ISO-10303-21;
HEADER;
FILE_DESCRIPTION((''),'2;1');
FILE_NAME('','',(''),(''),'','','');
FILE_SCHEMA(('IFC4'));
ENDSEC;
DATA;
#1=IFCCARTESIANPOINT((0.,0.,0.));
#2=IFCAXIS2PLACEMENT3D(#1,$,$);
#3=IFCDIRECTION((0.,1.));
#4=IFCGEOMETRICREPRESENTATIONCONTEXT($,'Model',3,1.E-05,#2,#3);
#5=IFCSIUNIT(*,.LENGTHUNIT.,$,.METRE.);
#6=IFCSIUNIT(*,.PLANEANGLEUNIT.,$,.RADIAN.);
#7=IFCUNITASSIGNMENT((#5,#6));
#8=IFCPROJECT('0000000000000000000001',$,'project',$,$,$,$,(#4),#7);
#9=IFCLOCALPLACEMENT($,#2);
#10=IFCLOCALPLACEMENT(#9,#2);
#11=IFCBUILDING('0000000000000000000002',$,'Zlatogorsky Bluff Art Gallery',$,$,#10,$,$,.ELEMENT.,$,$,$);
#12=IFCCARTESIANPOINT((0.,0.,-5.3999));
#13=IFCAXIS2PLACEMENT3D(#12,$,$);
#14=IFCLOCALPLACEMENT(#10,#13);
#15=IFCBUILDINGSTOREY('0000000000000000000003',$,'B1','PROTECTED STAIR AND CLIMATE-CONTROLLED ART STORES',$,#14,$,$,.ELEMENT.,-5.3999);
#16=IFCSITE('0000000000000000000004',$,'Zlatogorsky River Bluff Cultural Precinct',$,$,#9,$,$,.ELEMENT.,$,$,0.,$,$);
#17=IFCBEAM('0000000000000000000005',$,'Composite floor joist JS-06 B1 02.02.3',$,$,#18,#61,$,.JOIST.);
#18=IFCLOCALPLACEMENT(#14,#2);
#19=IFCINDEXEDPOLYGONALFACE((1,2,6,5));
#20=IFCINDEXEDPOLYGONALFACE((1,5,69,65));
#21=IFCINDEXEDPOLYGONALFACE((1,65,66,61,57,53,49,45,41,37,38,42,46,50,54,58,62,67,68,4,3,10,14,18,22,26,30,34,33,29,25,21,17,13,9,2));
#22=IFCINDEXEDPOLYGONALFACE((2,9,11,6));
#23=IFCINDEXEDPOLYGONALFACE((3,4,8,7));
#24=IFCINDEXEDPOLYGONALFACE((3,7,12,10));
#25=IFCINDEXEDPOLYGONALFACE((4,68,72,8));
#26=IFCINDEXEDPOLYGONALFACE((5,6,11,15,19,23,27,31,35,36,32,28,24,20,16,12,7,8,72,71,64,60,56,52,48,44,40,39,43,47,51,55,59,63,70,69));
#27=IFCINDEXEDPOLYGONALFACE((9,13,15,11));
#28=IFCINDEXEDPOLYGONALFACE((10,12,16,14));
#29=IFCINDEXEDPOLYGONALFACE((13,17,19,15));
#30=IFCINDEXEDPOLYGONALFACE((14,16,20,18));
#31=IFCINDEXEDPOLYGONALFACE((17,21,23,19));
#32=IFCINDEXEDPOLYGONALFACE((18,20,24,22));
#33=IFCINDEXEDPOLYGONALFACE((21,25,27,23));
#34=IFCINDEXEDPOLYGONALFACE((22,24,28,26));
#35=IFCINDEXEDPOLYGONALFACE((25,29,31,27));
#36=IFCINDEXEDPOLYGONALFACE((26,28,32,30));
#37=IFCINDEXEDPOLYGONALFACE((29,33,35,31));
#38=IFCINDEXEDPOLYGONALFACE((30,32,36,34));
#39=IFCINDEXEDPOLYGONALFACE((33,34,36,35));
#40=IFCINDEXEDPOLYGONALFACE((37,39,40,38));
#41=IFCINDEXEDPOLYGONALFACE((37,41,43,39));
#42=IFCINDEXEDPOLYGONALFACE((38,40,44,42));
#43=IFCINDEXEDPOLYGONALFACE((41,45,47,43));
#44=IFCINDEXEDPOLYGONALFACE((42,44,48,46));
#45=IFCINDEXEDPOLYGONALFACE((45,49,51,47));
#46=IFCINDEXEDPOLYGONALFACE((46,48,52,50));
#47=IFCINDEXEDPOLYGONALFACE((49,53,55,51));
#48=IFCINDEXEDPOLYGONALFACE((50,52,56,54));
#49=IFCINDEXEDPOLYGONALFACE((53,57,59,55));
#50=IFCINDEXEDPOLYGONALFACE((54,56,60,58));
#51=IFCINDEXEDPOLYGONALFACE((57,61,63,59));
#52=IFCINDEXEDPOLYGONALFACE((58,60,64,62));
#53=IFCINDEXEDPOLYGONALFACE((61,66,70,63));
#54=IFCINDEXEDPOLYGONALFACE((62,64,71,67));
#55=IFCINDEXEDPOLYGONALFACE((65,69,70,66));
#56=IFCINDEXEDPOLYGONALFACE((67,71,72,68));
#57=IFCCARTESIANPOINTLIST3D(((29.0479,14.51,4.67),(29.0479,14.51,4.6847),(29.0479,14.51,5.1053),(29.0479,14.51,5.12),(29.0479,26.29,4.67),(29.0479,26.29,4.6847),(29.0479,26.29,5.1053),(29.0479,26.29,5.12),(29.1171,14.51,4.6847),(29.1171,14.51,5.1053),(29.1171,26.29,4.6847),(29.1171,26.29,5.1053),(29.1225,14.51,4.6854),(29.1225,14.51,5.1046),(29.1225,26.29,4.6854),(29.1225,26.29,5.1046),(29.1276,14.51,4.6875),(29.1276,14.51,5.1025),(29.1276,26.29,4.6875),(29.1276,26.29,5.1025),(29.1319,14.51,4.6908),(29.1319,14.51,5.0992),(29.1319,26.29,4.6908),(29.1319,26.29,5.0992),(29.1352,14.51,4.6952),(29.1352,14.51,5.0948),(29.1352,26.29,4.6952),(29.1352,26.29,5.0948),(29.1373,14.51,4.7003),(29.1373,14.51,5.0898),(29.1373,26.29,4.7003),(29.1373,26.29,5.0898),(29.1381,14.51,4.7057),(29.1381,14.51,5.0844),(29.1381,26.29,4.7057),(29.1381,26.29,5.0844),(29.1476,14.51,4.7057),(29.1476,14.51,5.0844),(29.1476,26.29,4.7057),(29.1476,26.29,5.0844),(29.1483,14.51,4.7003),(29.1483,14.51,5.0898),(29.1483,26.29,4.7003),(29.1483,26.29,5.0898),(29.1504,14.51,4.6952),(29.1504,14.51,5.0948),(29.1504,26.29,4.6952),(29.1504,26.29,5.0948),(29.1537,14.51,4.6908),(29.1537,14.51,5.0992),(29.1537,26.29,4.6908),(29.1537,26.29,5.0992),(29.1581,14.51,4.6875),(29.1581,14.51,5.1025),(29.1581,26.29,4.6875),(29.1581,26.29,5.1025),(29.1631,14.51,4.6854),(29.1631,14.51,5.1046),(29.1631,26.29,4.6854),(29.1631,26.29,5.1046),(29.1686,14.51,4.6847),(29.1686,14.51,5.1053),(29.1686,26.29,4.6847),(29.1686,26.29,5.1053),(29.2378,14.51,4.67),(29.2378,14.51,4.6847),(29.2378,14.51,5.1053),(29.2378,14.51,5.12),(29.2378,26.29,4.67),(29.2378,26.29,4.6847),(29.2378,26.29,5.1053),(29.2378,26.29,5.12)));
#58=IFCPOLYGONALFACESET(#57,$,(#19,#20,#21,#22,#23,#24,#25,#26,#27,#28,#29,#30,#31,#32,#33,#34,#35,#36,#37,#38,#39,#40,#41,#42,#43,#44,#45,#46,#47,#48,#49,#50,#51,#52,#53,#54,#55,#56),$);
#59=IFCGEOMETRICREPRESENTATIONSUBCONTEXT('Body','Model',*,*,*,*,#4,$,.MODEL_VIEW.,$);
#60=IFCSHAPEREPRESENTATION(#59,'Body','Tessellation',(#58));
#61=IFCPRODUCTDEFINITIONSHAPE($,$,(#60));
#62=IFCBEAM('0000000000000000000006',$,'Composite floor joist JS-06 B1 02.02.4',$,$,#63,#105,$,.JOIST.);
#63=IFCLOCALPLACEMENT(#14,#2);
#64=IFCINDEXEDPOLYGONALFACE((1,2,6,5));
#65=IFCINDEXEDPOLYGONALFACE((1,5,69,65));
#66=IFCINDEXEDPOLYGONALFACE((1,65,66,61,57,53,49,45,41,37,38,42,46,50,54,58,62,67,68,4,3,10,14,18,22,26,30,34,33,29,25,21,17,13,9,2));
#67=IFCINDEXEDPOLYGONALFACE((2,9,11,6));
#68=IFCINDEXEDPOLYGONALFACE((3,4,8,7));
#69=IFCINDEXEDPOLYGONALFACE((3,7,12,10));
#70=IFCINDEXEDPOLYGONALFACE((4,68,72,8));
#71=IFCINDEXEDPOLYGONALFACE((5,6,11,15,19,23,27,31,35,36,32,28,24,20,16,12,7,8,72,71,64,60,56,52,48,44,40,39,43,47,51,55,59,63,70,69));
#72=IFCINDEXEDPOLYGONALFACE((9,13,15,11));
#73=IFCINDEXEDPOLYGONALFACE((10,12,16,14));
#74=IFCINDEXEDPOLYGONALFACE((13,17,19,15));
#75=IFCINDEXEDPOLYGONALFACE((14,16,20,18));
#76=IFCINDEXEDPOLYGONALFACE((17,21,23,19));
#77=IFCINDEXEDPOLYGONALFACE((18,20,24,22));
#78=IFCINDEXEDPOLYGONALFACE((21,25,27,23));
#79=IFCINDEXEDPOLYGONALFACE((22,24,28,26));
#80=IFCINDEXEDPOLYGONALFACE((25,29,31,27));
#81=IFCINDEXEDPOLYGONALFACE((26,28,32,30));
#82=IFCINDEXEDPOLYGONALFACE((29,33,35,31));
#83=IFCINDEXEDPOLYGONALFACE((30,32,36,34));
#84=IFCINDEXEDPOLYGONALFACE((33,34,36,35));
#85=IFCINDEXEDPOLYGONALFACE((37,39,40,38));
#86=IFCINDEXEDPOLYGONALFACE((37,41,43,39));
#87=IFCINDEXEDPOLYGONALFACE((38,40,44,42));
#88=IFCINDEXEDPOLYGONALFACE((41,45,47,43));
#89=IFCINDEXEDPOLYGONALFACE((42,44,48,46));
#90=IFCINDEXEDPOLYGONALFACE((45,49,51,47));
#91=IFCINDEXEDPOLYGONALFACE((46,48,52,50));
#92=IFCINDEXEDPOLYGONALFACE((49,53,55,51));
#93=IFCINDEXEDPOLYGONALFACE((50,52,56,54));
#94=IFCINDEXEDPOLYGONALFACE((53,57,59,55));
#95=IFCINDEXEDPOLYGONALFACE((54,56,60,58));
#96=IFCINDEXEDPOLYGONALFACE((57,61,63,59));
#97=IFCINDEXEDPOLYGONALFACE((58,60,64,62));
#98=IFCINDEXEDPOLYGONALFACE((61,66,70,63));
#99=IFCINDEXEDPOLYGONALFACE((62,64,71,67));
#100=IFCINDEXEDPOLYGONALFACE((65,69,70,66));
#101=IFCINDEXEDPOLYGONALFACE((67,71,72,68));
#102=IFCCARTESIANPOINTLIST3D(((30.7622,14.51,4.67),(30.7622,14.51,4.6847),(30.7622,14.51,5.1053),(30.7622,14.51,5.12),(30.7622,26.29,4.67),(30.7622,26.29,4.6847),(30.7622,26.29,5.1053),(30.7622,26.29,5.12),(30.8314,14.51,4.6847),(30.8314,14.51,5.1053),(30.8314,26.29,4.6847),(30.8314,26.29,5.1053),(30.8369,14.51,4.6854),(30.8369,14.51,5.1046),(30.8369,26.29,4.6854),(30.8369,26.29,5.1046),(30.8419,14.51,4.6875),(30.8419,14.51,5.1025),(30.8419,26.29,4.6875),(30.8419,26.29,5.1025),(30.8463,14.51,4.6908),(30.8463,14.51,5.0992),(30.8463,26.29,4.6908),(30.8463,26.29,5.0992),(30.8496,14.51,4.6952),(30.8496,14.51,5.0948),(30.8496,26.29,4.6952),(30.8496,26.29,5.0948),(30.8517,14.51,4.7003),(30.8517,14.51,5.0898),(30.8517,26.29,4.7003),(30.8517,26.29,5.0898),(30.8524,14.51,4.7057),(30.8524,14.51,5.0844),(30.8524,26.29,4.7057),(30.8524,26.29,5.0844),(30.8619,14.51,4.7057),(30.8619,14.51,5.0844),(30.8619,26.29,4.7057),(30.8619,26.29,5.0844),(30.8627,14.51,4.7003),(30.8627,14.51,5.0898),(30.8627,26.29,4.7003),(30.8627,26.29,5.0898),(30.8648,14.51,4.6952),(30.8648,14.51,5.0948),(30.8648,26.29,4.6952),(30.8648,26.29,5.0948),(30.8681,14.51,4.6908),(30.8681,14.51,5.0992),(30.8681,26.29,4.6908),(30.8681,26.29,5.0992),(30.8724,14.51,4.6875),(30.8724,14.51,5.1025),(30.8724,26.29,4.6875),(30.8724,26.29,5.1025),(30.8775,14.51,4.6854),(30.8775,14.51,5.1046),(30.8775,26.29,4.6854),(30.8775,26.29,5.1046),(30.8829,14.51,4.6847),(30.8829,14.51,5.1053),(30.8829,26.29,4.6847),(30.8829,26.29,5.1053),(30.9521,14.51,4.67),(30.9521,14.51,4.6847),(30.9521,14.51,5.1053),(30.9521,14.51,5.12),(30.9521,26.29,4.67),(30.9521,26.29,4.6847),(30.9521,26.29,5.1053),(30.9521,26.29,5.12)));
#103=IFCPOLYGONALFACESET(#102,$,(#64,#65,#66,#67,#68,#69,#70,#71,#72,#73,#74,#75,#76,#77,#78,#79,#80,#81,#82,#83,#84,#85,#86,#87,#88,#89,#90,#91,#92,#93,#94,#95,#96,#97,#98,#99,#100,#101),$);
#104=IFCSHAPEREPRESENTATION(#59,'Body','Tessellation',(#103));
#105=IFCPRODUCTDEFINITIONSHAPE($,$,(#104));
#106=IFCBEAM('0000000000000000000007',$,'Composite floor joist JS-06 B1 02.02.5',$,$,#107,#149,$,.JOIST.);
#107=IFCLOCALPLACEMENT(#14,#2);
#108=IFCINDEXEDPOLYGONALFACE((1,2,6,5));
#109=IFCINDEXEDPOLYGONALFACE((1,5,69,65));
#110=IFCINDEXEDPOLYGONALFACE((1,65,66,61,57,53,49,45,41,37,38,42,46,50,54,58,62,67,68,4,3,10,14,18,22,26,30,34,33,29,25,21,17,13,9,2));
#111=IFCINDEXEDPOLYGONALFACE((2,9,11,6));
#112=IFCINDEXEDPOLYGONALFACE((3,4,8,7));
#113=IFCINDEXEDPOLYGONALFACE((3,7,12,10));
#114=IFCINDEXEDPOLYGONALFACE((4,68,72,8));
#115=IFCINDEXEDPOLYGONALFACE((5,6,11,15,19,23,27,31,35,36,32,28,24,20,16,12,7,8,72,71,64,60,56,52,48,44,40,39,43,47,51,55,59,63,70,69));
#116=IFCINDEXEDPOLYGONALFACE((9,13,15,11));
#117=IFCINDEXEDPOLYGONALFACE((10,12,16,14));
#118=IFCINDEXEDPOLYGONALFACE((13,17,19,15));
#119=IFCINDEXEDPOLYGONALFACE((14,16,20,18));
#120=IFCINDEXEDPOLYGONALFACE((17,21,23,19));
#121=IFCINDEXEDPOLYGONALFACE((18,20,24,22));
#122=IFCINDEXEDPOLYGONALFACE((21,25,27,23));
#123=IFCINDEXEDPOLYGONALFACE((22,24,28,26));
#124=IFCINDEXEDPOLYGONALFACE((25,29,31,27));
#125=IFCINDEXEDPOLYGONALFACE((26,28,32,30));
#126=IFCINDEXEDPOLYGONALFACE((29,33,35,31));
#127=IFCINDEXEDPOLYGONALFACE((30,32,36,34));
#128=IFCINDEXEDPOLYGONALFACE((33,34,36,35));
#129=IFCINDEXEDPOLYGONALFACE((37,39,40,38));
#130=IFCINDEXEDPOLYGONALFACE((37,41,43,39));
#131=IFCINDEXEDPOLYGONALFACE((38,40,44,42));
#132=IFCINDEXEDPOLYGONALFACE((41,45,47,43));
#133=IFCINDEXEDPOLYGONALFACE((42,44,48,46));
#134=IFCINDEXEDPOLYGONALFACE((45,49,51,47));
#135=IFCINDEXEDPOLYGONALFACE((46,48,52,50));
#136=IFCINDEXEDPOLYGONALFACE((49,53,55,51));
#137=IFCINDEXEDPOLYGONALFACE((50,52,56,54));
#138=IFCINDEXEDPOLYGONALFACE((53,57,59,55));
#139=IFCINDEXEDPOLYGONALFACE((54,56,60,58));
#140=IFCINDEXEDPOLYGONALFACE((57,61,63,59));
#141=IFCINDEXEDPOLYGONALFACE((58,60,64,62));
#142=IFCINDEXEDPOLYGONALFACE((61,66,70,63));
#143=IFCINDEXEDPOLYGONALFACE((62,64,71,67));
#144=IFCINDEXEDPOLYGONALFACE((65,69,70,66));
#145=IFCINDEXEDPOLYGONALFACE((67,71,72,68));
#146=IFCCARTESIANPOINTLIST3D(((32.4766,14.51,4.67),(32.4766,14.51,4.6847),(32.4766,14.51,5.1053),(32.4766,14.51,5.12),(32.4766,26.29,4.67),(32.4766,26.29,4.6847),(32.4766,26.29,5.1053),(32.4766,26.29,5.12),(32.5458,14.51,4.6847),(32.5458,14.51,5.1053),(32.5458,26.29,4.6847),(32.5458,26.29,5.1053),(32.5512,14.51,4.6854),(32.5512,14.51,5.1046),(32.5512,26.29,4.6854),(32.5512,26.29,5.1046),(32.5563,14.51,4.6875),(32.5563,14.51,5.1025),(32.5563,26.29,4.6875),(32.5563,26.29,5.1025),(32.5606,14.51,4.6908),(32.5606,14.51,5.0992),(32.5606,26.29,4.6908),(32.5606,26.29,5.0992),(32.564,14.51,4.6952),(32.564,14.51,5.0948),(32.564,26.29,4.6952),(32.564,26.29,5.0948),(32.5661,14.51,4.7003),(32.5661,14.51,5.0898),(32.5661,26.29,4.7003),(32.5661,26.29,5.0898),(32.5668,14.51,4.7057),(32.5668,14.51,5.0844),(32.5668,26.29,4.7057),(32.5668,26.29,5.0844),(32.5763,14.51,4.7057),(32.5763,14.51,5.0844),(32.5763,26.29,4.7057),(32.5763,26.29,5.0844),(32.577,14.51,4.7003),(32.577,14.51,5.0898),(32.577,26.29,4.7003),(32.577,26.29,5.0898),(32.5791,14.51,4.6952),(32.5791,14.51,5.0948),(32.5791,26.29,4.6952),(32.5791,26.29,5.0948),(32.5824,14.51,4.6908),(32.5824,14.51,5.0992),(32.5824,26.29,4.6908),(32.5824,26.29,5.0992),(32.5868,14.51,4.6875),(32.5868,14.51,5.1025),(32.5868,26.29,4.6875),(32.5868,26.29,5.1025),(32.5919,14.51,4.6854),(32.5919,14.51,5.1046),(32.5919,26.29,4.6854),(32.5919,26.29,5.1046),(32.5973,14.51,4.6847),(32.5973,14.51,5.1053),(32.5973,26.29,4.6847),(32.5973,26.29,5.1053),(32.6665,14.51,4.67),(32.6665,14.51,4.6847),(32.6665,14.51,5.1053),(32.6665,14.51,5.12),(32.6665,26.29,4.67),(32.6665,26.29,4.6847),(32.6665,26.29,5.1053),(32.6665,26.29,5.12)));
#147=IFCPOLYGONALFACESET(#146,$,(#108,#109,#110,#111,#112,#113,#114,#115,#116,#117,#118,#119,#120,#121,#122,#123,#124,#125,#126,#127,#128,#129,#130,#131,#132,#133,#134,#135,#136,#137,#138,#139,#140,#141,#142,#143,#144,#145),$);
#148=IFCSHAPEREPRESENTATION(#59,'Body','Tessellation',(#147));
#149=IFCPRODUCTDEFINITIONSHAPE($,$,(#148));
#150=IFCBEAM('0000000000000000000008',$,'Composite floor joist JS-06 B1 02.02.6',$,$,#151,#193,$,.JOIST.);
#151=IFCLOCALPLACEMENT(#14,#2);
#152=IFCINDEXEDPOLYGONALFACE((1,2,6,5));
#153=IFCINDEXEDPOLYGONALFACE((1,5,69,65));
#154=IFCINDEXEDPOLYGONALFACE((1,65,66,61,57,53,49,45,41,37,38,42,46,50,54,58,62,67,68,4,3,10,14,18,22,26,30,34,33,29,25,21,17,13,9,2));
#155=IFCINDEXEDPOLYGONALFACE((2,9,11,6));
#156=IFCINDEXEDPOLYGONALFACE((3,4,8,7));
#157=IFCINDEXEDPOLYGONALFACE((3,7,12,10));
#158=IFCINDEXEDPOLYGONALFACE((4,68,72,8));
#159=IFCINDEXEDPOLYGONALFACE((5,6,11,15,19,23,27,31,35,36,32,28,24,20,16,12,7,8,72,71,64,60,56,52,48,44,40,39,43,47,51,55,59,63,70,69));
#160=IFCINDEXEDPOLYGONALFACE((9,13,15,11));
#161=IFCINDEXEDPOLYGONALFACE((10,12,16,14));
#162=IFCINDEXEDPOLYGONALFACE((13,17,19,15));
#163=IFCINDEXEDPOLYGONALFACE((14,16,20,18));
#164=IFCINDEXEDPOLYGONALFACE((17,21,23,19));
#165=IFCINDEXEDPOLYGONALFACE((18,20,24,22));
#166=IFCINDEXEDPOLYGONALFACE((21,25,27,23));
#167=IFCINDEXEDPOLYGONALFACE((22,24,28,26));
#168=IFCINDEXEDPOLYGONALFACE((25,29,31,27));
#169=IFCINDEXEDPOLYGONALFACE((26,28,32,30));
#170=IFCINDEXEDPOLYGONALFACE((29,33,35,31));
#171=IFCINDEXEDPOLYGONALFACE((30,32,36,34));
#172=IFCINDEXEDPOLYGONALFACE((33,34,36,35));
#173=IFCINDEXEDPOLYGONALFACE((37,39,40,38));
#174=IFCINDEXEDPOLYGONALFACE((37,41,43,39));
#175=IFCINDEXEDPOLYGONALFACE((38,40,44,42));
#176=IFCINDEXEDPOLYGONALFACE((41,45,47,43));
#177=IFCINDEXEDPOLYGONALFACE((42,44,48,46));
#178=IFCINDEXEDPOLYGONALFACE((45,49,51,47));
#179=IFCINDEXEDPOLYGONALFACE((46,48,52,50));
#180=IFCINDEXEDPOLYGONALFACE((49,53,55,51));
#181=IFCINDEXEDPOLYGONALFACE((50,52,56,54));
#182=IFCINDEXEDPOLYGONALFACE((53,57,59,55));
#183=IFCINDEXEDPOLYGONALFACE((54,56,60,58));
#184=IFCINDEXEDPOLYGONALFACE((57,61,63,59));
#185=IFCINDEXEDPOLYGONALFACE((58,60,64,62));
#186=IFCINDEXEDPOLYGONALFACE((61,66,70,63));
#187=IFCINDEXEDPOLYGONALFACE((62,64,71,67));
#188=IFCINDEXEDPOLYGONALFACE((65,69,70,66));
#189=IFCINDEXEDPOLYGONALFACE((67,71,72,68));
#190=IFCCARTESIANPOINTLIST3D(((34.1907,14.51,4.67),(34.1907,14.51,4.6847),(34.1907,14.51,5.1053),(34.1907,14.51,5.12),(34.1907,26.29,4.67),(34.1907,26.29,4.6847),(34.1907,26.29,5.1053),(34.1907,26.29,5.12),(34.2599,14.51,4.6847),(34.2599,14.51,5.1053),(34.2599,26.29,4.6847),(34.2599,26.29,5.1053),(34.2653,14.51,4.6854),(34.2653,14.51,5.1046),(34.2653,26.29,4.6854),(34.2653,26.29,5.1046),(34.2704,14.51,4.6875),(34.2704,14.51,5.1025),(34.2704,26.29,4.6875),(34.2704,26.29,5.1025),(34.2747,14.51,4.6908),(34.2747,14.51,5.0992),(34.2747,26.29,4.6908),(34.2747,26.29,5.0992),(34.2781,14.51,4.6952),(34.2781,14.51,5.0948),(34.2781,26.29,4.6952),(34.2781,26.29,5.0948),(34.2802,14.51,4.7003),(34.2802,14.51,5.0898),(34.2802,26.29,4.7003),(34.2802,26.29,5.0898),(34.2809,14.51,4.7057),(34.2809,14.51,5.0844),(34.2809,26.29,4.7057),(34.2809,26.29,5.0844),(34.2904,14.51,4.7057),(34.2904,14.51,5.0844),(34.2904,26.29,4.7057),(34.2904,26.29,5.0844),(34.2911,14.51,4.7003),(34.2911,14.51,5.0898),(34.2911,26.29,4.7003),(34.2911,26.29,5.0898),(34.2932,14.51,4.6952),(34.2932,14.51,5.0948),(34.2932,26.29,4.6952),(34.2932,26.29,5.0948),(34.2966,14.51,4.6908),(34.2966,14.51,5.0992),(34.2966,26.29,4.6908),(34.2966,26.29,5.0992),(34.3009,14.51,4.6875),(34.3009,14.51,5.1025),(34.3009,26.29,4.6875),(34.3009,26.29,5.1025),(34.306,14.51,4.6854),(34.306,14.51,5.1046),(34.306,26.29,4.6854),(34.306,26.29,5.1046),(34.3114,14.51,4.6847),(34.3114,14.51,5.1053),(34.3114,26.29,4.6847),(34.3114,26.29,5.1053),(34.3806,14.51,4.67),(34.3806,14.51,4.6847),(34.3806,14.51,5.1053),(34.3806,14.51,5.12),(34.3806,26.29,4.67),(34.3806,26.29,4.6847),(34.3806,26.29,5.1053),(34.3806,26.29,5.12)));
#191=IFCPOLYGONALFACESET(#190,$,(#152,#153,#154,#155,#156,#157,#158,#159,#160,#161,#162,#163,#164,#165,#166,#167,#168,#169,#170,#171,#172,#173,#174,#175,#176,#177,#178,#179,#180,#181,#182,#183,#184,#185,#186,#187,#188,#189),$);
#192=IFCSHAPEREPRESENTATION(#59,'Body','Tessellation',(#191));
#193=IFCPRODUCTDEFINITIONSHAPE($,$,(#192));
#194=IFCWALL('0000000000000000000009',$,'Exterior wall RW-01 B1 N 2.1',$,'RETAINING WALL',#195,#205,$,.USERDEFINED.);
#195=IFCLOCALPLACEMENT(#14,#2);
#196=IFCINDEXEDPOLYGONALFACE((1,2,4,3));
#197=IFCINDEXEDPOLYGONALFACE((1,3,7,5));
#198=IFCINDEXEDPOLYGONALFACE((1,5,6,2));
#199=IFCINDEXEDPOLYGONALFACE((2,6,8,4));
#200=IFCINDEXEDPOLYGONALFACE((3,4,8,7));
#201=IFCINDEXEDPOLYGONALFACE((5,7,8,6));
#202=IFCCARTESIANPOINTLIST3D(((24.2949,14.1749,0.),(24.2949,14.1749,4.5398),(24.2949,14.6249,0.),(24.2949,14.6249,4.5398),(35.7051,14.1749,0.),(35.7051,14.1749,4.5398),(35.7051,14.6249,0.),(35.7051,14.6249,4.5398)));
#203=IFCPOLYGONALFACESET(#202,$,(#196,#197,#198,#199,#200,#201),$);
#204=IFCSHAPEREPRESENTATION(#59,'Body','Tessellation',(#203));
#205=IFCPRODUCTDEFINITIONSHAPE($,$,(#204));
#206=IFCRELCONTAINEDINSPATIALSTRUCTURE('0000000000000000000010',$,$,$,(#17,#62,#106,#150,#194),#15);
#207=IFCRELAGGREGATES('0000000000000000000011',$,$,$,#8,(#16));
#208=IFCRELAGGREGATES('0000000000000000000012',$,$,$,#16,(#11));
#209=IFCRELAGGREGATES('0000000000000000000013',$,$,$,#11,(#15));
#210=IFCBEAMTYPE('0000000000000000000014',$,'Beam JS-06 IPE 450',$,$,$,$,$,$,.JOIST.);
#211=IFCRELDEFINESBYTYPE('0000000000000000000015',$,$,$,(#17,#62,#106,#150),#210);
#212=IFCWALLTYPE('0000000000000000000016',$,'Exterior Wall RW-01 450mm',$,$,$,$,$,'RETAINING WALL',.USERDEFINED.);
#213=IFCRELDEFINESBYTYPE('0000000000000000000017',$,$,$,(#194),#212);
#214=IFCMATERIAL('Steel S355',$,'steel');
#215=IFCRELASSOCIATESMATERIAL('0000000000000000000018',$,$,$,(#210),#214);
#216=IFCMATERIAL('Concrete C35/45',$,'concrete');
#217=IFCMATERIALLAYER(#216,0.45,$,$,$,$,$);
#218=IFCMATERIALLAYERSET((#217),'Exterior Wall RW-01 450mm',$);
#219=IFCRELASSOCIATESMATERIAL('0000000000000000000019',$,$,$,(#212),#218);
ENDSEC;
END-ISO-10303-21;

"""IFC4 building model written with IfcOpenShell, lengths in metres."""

from ifc_helpers import new_model, si_unit, direction, frame, frame_2d, origin, origin_2d, place, context, subcontext, project, spatial, rectangle, i_section, extrude, material, layer, layer_set, material_profile, profile_set, type_object, element, save


model = new_model("IFC4")

# Units and contexts
model_context = context("Model", 3, precision=1e-05, world=origin(), true_north=direction((0.0, 1.0)))
body_context = subcontext(model_context, "Body", "Model", "MODEL_VIEW")
ifc_project = project(units=[si_unit("LENGTHUNIT", "METRE"), si_unit("PLANEANGLEUNIT", "RADIAN")], contexts=[model_context])

# Site, building, storey
site_placement = place(None, origin())
site = spatial("IfcSite", under=ifc_project, at=site_placement, Name="Zlatogorsky River Bluff Cultural Precinct", CompositionType="ELEMENT", RefElevation=0.0)
building_placement = place(site_placement, origin())
building = spatial("IfcBuilding", under=site, at=building_placement, Name="Zlatogorsky Bluff Art Gallery", CompositionType="ELEMENT")
storey_placement = place(building_placement, frame((0.0, 0.0, -5.3999)))
storey = spatial("IfcBuildingStorey", under=building, at=storey_placement, Name="B1", Description="PROTECTED STAIR AND CLIMATE-CONTROLLED ART STORES", CompositionType="ELEMENT", Elevation=-5.3999)

# Shared definitions
ifc_material_1 = material(Name="Concrete C35/45", Category="concrete")

# Beams
ifc_material_2 = material(Name="Steel S355", Category="steel")
ifc_material_profile_1 = material_profile(ifc_material_2, i_section(OverallWidth=0.1899, OverallDepth=0.45, WebThickness=0.0095, FlangeThickness=0.0146, FilletRadius=0.021, at=origin_2d()), Name="IPE 450")
ifc_profile_set_1 = profile_set([ifc_material_profile_1], Name="Steel S355")
beam_type_1 = type_object("IfcBeamType", Name="Beam JS-06 IPE 450", PredefinedType="JOIST", material=ifc_profile_set_1)
for number, where, z_axis, x_axis, name in (
    (1, (29.1428, 14.51, 4.895), (0.0, 1.0, 0.0), (-1.0, 0.0, 0.0), "Composite floor joist JS-06 B1 02.02.3"),
    (2, (30.8572, 14.51, 4.895), (0.0, 1.0, 0.0), (-1.0, 0.0, 0.0), "Composite floor joist JS-06 B1 02.02.4"),
    (3, (32.5715, 14.51, 4.895), (0.0, 1.0, 0.0), (-1.0, 0.0, 0.0), "Composite floor joist JS-06 B1 02.02.5"),
    (4, (34.2856, 14.51, 4.895), (0.0, 1.0, 0.0), (-1.0, 0.0, 0.0), "Composite floor joist JS-06 B1 02.02.6"),
):
    element("IfcBeam", number, at=place(storey_placement, frame(where, z_axis=z_axis, x_axis=x_axis)), inside=storey, type_object=beam_type_1, Name=name, PredefinedType="JOIST", context=body_context, shape_type="SweptSolid", body=[
        extrude(i_section(OverallWidth=0.1899, OverallDepth=0.45, WebThickness=0.0095, FlangeThickness=0.0146, FilletRadius=0.021, at=origin_2d()), origin(), (0.0, 0.0, 1.0), 11.78),
    ])

# Wall
ifc_layer = layer(ifc_material_1, 0.45)
ifc_layer_set = layer_set([ifc_layer], Name="Exterior Wall RW-01 450mm")
wall_type = type_object("IfcWallType", Name="Exterior Wall RW-01 450mm", ElementType="RETAINING WALL", PredefinedType="USERDEFINED", material=ifc_layer_set)
wall_1_placement = place(storey_placement, frame((35.7051, 14.3999, 0.0), z_axis=(0.0, 0.0, 1.0), x_axis=(-1.0, 0.0, 0.0)))
element("IfcWall", 5, at=wall_1_placement, inside=storey, type_object=wall_type, Name="Exterior wall RW-01 B1 N 2.1", ObjectType="RETAINING WALL", PredefinedType="USERDEFINED", context=body_context, shape_type="SweptSolid", body=[
    extrude(rectangle(XDim=11.4102, YDim=0.45, at=frame_2d((5.7051, 0.0))), origin(), (0.0, 0.0, 1.0), 4.5398),
])

save(model, "model.ifc")
